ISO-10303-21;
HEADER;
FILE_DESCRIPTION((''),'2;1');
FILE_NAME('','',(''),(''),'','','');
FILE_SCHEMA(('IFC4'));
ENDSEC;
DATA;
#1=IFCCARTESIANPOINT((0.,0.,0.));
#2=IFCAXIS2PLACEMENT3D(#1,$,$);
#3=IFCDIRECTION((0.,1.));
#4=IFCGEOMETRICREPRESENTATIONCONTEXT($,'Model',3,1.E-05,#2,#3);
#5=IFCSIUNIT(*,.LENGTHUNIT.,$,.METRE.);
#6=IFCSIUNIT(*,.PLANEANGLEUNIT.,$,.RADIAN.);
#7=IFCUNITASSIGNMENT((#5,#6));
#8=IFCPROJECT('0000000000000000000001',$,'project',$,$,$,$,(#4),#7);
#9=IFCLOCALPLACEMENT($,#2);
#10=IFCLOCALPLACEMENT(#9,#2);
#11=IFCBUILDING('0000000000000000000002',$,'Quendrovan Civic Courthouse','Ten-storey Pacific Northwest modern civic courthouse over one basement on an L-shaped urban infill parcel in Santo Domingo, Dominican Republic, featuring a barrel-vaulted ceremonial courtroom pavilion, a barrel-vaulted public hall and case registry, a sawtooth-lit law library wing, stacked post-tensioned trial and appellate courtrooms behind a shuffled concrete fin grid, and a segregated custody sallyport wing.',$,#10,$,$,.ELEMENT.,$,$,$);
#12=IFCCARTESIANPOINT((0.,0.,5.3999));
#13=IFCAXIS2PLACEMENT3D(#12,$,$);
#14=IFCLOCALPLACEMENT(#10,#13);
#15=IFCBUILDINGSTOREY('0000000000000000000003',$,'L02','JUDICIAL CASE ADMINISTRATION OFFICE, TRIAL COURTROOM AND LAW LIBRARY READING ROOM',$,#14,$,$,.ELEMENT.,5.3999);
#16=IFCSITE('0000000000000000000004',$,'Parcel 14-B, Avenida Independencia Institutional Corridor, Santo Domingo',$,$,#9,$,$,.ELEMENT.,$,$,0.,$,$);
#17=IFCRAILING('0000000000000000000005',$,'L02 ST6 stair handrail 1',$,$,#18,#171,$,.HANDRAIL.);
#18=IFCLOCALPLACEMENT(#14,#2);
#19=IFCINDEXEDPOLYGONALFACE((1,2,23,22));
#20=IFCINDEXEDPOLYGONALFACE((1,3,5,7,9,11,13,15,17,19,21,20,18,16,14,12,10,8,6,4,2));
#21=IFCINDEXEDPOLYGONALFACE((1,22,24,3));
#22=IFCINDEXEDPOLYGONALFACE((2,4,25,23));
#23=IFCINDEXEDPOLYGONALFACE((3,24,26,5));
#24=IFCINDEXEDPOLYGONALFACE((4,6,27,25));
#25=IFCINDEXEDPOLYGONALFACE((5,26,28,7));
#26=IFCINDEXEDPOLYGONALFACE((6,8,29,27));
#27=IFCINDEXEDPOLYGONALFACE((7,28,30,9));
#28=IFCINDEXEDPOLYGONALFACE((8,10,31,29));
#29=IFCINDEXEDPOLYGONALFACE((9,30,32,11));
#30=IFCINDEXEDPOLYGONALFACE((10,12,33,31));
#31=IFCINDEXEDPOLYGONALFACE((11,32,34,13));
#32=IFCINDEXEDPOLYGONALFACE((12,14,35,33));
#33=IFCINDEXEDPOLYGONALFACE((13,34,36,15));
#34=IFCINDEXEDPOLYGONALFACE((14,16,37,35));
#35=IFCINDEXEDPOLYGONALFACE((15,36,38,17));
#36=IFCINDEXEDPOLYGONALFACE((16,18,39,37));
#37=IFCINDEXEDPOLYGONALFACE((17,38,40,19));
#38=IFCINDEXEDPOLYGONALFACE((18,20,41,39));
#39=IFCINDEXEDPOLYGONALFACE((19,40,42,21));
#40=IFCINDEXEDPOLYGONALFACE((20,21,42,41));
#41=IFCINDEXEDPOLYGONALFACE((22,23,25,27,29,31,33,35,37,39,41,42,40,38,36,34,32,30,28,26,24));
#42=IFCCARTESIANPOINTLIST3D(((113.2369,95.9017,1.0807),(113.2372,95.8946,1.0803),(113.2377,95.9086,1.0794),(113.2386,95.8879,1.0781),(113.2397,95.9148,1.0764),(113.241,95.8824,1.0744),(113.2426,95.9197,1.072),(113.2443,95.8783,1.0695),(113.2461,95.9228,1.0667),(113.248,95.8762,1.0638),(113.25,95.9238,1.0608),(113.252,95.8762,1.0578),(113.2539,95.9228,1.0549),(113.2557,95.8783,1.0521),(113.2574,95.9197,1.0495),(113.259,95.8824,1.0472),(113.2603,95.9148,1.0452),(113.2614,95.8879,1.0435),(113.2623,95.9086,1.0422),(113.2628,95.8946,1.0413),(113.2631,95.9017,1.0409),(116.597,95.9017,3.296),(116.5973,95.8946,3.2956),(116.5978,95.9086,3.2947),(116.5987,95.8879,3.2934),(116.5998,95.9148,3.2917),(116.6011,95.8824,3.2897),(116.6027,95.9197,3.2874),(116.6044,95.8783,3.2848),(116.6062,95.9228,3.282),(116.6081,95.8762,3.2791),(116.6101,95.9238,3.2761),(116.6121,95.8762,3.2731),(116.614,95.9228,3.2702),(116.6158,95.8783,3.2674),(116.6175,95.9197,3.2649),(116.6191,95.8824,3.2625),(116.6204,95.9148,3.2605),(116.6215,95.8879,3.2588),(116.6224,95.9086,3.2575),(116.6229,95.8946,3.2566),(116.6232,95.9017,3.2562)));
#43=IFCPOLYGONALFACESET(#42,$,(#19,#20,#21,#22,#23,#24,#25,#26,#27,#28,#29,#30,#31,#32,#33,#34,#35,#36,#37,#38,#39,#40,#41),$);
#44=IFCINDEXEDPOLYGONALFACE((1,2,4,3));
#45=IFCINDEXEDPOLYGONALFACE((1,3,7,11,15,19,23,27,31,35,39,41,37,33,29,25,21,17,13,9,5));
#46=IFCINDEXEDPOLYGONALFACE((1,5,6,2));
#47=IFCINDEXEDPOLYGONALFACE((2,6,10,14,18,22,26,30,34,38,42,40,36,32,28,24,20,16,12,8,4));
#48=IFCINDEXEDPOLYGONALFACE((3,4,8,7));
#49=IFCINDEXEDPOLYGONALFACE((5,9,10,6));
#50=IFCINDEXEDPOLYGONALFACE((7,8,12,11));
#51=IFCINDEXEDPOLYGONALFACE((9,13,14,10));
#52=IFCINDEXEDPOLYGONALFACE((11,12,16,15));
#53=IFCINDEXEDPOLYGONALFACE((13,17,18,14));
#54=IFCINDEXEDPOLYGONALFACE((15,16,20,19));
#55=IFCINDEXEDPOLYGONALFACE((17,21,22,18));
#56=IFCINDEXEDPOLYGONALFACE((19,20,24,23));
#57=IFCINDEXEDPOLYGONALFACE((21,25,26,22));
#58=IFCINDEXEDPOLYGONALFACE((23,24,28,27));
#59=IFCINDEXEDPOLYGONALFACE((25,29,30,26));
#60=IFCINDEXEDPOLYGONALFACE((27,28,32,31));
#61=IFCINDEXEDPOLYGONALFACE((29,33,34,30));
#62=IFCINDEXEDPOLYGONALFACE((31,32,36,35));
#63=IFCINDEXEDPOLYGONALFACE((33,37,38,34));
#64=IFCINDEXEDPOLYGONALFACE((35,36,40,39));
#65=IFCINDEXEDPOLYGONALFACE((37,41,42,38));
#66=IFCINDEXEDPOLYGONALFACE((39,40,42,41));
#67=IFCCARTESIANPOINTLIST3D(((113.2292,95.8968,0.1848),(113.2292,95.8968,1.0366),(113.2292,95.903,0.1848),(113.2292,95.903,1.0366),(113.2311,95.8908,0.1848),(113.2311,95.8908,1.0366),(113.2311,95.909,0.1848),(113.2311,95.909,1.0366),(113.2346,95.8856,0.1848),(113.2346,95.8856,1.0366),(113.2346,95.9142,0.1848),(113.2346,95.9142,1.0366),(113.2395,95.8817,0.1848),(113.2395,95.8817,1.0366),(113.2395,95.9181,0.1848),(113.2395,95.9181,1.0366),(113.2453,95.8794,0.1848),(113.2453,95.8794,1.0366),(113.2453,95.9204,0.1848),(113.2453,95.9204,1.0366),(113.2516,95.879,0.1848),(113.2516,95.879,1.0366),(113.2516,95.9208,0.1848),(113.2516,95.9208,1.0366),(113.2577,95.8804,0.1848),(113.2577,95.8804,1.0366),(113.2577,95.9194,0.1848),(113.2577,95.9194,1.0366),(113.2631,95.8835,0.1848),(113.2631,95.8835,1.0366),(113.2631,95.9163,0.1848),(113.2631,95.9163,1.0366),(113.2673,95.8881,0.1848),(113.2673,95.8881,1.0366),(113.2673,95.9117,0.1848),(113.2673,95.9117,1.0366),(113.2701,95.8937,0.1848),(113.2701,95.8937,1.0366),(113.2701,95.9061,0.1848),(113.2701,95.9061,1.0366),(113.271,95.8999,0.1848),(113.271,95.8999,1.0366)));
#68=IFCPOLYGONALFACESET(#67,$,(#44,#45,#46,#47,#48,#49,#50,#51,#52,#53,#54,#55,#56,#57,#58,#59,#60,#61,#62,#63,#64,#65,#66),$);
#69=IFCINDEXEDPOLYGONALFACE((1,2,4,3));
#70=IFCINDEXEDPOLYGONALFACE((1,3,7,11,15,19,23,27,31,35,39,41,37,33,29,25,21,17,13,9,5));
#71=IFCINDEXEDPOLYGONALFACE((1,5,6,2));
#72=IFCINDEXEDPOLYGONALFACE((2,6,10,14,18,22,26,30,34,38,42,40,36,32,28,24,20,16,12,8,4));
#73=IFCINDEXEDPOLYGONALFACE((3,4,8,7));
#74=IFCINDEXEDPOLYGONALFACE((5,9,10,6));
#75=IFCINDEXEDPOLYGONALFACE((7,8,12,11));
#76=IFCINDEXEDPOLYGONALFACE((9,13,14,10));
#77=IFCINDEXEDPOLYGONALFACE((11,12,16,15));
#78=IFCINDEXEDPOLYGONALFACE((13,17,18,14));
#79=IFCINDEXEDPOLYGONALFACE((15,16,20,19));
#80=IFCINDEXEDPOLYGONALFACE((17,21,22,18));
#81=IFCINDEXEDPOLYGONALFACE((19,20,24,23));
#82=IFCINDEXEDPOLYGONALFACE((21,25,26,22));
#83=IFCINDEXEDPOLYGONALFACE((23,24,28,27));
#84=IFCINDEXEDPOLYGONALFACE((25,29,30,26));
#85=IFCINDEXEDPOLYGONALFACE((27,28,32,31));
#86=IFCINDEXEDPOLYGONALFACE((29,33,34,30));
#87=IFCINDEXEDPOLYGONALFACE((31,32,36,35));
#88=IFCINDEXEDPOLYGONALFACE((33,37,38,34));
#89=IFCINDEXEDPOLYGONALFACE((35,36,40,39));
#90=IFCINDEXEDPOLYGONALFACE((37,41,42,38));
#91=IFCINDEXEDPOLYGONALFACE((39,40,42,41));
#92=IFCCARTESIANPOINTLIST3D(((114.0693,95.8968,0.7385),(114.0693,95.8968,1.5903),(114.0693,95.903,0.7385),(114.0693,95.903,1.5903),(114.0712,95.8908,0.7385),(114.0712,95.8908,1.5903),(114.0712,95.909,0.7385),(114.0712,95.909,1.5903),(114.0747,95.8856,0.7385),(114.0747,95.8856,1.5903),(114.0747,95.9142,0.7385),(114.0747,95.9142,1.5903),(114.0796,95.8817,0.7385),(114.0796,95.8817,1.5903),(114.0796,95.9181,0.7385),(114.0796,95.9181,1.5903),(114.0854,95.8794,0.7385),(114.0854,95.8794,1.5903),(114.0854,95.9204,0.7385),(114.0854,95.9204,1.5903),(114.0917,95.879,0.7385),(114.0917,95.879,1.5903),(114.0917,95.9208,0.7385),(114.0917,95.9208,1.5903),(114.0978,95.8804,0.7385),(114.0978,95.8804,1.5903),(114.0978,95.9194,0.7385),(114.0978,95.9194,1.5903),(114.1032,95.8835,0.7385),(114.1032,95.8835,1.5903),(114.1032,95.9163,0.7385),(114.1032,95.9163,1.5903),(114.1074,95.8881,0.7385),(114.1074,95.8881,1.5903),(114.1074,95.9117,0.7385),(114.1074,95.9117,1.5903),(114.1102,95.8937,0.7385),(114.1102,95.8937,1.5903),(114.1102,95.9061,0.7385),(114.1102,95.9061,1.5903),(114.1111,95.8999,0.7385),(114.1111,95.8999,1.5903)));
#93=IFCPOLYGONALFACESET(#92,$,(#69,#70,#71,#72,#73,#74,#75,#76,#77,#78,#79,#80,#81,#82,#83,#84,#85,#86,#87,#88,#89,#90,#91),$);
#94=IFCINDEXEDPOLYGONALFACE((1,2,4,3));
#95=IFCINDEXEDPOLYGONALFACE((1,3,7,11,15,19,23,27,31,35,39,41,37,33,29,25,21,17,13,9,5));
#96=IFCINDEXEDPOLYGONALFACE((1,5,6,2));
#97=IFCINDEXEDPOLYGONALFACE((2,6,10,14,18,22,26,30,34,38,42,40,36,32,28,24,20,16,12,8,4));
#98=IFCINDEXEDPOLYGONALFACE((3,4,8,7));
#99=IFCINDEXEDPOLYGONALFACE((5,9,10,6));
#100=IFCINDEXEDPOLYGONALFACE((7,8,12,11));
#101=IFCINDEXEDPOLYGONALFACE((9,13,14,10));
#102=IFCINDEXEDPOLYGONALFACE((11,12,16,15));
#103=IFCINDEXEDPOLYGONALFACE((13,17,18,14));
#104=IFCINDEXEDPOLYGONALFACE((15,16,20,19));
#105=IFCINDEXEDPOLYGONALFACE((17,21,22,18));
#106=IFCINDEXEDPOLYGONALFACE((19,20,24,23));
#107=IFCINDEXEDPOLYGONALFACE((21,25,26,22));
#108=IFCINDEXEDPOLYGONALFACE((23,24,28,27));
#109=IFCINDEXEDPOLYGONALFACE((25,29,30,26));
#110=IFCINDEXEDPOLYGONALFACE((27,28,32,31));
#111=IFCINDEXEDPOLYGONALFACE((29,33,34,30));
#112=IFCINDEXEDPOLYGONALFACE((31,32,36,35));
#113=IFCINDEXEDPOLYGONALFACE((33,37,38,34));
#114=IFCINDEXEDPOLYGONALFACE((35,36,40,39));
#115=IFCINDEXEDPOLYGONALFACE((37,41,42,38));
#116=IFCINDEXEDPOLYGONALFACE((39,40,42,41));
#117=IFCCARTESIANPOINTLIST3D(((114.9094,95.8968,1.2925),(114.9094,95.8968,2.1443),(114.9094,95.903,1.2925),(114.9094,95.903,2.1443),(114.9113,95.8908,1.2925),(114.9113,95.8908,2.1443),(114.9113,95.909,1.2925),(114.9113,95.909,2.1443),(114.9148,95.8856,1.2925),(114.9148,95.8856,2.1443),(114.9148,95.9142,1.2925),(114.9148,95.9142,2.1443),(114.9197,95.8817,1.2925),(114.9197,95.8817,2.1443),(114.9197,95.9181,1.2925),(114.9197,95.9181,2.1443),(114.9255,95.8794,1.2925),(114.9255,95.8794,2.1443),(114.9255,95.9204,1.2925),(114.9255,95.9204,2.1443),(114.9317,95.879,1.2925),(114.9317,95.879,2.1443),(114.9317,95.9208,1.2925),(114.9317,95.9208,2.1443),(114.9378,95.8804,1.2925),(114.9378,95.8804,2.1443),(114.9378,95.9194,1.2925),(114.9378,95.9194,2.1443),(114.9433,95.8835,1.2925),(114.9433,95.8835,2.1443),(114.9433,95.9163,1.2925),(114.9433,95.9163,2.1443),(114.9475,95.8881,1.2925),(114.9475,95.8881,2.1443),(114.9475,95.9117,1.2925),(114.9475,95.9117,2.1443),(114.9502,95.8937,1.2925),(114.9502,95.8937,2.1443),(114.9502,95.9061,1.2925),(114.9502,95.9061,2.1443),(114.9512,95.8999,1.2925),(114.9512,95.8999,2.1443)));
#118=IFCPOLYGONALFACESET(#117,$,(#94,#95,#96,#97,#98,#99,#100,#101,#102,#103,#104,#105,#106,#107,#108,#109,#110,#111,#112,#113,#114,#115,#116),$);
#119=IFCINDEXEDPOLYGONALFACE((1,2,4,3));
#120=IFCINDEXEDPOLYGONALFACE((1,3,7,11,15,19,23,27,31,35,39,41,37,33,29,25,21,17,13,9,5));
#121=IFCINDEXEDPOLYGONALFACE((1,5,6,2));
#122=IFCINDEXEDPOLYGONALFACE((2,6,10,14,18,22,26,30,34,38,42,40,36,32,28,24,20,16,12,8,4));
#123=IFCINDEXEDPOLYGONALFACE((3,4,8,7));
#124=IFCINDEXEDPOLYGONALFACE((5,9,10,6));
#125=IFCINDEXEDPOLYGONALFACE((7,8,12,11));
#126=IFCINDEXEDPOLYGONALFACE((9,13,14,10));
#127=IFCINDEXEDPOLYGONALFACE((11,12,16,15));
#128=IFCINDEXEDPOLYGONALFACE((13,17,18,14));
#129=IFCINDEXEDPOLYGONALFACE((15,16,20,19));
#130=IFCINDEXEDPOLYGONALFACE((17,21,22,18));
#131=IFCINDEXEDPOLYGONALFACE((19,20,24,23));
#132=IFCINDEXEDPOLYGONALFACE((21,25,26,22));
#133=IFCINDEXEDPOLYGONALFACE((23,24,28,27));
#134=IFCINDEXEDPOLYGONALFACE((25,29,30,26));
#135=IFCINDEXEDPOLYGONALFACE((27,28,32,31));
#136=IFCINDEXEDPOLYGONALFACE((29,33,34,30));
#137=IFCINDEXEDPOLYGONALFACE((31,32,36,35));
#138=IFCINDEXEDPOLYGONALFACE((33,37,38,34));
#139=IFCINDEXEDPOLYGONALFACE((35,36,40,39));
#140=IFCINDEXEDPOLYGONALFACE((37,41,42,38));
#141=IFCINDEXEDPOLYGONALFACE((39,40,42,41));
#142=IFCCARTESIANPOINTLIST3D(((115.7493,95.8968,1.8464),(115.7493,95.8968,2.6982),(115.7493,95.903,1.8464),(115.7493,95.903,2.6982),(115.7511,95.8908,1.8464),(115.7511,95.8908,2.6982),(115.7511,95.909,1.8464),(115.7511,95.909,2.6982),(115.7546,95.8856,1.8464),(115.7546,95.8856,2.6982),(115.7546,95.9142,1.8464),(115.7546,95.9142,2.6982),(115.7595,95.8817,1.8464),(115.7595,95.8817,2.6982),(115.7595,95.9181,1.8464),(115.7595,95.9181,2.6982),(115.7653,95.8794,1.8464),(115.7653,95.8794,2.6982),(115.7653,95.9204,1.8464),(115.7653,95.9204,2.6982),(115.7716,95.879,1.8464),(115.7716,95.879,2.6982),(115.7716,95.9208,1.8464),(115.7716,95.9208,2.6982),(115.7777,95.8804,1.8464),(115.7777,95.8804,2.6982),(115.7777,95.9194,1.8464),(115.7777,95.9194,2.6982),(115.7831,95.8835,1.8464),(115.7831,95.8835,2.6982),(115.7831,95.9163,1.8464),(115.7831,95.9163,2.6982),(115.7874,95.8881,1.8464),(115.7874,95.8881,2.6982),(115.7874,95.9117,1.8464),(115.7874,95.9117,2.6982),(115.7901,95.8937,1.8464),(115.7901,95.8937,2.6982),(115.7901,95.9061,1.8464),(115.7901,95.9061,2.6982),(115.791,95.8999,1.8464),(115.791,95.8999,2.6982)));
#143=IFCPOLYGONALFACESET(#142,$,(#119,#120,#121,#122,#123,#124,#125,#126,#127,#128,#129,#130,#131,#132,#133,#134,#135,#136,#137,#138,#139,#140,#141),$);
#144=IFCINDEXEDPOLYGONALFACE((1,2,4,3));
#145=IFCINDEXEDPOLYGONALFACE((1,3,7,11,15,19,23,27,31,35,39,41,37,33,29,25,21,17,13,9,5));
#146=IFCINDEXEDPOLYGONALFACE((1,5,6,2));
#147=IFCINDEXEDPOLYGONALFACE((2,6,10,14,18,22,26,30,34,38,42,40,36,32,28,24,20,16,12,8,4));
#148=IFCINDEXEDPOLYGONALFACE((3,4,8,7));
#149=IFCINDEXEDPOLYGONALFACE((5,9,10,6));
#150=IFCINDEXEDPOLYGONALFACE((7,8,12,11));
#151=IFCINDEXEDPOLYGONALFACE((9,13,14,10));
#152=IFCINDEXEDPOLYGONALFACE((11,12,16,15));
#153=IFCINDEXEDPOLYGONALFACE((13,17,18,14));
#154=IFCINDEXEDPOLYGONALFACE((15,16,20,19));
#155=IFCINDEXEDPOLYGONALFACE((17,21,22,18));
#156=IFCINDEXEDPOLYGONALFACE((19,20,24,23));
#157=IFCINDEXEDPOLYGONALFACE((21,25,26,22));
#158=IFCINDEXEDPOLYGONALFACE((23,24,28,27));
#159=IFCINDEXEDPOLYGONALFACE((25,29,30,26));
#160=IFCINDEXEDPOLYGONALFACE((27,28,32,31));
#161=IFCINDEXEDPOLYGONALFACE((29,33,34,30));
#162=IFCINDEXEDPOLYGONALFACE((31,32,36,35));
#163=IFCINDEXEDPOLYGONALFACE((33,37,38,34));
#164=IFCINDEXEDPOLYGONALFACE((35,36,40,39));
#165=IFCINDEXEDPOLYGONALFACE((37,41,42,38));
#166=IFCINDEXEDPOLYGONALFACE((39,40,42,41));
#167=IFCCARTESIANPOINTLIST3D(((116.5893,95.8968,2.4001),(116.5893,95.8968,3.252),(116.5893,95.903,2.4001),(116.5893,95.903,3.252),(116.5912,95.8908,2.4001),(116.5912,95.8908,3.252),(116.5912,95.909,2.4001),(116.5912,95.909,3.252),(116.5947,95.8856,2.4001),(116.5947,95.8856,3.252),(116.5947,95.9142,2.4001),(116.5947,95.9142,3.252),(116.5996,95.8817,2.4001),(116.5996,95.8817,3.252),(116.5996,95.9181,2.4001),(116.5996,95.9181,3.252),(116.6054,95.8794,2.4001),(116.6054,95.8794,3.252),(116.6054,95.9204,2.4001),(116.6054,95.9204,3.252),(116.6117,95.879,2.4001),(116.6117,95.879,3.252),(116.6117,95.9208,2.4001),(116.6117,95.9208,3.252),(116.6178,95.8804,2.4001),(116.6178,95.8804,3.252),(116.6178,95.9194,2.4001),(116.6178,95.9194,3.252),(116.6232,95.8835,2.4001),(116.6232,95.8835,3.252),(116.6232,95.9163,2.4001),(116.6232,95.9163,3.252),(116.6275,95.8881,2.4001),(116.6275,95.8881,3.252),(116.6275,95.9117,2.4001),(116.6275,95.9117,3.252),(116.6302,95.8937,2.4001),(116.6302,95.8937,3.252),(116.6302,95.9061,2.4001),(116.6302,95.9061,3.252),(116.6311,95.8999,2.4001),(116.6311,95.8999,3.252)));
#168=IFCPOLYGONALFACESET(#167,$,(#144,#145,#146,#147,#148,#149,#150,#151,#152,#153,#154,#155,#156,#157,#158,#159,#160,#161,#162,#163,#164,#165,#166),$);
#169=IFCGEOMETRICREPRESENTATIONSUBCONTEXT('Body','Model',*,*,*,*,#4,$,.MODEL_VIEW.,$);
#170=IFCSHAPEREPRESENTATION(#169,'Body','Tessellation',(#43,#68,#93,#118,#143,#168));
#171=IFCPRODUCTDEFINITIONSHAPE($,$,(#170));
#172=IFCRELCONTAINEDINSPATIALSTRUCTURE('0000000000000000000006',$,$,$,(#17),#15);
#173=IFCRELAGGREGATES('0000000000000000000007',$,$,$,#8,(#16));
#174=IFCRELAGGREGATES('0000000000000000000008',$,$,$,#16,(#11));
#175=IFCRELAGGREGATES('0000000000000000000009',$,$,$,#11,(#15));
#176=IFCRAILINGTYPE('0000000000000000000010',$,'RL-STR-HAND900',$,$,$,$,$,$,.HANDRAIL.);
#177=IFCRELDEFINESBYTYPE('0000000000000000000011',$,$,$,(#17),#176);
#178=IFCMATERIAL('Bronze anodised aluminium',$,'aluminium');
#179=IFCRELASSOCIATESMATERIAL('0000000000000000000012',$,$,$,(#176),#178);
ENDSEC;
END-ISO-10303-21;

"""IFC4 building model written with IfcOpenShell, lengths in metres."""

from ifc_helpers import new_model, si_unit, direction, frame, origin, origin_2d, place, context, subcontext, project, spatial, circle, extrude, material, type_object, element, save


model = new_model("IFC4")

# Units and contexts
model_context = context("Model", 3, precision=1e-05, world=origin(), true_north=direction((0.0, 1.0)))
body_context = subcontext(model_context, "Body", "Model", "MODEL_VIEW")
ifc_project = project(units=[si_unit("LENGTHUNIT", "METRE"), si_unit("PLANEANGLEUNIT", "RADIAN")], contexts=[model_context])

# Site, building, storey
site_placement = place(None, origin())
site = spatial("IfcSite", under=ifc_project, at=site_placement, Name="Parcel 14-B, Avenida Independencia Institutional Corridor, Santo Domingo", CompositionType="ELEMENT", RefElevation=0.0)
building_placement = place(site_placement, origin())
building = spatial("IfcBuilding", under=site, at=building_placement, Name="Quendrovan Civic Courthouse", Description="Ten-storey Pacific Northwest modern civic courthouse over one basement on an L-shaped urban infill parcel in Santo Domingo, Dominican Republic, featuring a barrel-vaulted ceremonial courtroom pavilion, a barrel-vaulted public hall and case registry, a sawtooth-lit law library wing, stacked post-tensioned trial and appellate courtrooms behind a shuffled concrete fin grid, and a segregated custody sallyport wing.", CompositionType="ELEMENT")
storey_placement = place(building_placement, frame((0.0, 0.0, 5.3999)))
storey = spatial("IfcBuildingStorey", under=building, at=storey_placement, Name="L02", Description="JUDICIAL CASE ADMINISTRATION OFFICE, TRIAL COURTROOM AND LAW LIBRARY READING ROOM", CompositionType="ELEMENT", Elevation=5.3999)

# Shared definitions
ifc_material_1 = material(Name="Bronze anodised aluminium", Category="aluminium")

# Railing
railing_type_1 = type_object("IfcRailingType", Name="RL-STR-HAND900", PredefinedType="HANDRAIL", material=ifc_material_1)
railing_1_placement = place(storey_placement, frame((113.25, 95.8999, 0.1848)))
element("IfcRailing", 1, at=railing_1_placement, inside=storey, type_object=railing_type_1, Name="L02 ST6 stair handrail 1", PredefinedType="HANDRAIL", context=body_context, shape_type="SweptSolid", body=[
    extrude(circle(Radius=0.0239, at=origin_2d()), frame((0.0, 0.0, 0.876), z_axis=(0.834876, 0.0, 0.550437), x_axis=(0.0, 1.0, 0.0)), (0.0, 0.0, 1.0), 4.0247),
    extrude(circle(Radius=0.021, at=origin_2d()), origin(), (0.0, 0.0, 1.0), 0.8518),
    extrude(circle(Radius=0.021, at=origin_2d()), frame((0.8401, 0.0, 0.5537)), (0.0, 0.0, 1.0), 0.8518),
    extrude(circle(Radius=0.021, at=origin_2d()), frame((1.6802, 0.0, 1.1077)), (0.0, 0.0, 1.0), 0.8518),
    extrude(circle(Radius=0.021, at=origin_2d()), frame((2.52, 0.0, 1.6616)), (0.0, 0.0, 1.0), 0.8518),
    extrude(circle(Radius=0.021, at=origin_2d()), frame((3.3601, 0.0, 2.2153)), (0.0, 0.0, 1.0), 0.8518),
])

save(model, "model.ifc")
